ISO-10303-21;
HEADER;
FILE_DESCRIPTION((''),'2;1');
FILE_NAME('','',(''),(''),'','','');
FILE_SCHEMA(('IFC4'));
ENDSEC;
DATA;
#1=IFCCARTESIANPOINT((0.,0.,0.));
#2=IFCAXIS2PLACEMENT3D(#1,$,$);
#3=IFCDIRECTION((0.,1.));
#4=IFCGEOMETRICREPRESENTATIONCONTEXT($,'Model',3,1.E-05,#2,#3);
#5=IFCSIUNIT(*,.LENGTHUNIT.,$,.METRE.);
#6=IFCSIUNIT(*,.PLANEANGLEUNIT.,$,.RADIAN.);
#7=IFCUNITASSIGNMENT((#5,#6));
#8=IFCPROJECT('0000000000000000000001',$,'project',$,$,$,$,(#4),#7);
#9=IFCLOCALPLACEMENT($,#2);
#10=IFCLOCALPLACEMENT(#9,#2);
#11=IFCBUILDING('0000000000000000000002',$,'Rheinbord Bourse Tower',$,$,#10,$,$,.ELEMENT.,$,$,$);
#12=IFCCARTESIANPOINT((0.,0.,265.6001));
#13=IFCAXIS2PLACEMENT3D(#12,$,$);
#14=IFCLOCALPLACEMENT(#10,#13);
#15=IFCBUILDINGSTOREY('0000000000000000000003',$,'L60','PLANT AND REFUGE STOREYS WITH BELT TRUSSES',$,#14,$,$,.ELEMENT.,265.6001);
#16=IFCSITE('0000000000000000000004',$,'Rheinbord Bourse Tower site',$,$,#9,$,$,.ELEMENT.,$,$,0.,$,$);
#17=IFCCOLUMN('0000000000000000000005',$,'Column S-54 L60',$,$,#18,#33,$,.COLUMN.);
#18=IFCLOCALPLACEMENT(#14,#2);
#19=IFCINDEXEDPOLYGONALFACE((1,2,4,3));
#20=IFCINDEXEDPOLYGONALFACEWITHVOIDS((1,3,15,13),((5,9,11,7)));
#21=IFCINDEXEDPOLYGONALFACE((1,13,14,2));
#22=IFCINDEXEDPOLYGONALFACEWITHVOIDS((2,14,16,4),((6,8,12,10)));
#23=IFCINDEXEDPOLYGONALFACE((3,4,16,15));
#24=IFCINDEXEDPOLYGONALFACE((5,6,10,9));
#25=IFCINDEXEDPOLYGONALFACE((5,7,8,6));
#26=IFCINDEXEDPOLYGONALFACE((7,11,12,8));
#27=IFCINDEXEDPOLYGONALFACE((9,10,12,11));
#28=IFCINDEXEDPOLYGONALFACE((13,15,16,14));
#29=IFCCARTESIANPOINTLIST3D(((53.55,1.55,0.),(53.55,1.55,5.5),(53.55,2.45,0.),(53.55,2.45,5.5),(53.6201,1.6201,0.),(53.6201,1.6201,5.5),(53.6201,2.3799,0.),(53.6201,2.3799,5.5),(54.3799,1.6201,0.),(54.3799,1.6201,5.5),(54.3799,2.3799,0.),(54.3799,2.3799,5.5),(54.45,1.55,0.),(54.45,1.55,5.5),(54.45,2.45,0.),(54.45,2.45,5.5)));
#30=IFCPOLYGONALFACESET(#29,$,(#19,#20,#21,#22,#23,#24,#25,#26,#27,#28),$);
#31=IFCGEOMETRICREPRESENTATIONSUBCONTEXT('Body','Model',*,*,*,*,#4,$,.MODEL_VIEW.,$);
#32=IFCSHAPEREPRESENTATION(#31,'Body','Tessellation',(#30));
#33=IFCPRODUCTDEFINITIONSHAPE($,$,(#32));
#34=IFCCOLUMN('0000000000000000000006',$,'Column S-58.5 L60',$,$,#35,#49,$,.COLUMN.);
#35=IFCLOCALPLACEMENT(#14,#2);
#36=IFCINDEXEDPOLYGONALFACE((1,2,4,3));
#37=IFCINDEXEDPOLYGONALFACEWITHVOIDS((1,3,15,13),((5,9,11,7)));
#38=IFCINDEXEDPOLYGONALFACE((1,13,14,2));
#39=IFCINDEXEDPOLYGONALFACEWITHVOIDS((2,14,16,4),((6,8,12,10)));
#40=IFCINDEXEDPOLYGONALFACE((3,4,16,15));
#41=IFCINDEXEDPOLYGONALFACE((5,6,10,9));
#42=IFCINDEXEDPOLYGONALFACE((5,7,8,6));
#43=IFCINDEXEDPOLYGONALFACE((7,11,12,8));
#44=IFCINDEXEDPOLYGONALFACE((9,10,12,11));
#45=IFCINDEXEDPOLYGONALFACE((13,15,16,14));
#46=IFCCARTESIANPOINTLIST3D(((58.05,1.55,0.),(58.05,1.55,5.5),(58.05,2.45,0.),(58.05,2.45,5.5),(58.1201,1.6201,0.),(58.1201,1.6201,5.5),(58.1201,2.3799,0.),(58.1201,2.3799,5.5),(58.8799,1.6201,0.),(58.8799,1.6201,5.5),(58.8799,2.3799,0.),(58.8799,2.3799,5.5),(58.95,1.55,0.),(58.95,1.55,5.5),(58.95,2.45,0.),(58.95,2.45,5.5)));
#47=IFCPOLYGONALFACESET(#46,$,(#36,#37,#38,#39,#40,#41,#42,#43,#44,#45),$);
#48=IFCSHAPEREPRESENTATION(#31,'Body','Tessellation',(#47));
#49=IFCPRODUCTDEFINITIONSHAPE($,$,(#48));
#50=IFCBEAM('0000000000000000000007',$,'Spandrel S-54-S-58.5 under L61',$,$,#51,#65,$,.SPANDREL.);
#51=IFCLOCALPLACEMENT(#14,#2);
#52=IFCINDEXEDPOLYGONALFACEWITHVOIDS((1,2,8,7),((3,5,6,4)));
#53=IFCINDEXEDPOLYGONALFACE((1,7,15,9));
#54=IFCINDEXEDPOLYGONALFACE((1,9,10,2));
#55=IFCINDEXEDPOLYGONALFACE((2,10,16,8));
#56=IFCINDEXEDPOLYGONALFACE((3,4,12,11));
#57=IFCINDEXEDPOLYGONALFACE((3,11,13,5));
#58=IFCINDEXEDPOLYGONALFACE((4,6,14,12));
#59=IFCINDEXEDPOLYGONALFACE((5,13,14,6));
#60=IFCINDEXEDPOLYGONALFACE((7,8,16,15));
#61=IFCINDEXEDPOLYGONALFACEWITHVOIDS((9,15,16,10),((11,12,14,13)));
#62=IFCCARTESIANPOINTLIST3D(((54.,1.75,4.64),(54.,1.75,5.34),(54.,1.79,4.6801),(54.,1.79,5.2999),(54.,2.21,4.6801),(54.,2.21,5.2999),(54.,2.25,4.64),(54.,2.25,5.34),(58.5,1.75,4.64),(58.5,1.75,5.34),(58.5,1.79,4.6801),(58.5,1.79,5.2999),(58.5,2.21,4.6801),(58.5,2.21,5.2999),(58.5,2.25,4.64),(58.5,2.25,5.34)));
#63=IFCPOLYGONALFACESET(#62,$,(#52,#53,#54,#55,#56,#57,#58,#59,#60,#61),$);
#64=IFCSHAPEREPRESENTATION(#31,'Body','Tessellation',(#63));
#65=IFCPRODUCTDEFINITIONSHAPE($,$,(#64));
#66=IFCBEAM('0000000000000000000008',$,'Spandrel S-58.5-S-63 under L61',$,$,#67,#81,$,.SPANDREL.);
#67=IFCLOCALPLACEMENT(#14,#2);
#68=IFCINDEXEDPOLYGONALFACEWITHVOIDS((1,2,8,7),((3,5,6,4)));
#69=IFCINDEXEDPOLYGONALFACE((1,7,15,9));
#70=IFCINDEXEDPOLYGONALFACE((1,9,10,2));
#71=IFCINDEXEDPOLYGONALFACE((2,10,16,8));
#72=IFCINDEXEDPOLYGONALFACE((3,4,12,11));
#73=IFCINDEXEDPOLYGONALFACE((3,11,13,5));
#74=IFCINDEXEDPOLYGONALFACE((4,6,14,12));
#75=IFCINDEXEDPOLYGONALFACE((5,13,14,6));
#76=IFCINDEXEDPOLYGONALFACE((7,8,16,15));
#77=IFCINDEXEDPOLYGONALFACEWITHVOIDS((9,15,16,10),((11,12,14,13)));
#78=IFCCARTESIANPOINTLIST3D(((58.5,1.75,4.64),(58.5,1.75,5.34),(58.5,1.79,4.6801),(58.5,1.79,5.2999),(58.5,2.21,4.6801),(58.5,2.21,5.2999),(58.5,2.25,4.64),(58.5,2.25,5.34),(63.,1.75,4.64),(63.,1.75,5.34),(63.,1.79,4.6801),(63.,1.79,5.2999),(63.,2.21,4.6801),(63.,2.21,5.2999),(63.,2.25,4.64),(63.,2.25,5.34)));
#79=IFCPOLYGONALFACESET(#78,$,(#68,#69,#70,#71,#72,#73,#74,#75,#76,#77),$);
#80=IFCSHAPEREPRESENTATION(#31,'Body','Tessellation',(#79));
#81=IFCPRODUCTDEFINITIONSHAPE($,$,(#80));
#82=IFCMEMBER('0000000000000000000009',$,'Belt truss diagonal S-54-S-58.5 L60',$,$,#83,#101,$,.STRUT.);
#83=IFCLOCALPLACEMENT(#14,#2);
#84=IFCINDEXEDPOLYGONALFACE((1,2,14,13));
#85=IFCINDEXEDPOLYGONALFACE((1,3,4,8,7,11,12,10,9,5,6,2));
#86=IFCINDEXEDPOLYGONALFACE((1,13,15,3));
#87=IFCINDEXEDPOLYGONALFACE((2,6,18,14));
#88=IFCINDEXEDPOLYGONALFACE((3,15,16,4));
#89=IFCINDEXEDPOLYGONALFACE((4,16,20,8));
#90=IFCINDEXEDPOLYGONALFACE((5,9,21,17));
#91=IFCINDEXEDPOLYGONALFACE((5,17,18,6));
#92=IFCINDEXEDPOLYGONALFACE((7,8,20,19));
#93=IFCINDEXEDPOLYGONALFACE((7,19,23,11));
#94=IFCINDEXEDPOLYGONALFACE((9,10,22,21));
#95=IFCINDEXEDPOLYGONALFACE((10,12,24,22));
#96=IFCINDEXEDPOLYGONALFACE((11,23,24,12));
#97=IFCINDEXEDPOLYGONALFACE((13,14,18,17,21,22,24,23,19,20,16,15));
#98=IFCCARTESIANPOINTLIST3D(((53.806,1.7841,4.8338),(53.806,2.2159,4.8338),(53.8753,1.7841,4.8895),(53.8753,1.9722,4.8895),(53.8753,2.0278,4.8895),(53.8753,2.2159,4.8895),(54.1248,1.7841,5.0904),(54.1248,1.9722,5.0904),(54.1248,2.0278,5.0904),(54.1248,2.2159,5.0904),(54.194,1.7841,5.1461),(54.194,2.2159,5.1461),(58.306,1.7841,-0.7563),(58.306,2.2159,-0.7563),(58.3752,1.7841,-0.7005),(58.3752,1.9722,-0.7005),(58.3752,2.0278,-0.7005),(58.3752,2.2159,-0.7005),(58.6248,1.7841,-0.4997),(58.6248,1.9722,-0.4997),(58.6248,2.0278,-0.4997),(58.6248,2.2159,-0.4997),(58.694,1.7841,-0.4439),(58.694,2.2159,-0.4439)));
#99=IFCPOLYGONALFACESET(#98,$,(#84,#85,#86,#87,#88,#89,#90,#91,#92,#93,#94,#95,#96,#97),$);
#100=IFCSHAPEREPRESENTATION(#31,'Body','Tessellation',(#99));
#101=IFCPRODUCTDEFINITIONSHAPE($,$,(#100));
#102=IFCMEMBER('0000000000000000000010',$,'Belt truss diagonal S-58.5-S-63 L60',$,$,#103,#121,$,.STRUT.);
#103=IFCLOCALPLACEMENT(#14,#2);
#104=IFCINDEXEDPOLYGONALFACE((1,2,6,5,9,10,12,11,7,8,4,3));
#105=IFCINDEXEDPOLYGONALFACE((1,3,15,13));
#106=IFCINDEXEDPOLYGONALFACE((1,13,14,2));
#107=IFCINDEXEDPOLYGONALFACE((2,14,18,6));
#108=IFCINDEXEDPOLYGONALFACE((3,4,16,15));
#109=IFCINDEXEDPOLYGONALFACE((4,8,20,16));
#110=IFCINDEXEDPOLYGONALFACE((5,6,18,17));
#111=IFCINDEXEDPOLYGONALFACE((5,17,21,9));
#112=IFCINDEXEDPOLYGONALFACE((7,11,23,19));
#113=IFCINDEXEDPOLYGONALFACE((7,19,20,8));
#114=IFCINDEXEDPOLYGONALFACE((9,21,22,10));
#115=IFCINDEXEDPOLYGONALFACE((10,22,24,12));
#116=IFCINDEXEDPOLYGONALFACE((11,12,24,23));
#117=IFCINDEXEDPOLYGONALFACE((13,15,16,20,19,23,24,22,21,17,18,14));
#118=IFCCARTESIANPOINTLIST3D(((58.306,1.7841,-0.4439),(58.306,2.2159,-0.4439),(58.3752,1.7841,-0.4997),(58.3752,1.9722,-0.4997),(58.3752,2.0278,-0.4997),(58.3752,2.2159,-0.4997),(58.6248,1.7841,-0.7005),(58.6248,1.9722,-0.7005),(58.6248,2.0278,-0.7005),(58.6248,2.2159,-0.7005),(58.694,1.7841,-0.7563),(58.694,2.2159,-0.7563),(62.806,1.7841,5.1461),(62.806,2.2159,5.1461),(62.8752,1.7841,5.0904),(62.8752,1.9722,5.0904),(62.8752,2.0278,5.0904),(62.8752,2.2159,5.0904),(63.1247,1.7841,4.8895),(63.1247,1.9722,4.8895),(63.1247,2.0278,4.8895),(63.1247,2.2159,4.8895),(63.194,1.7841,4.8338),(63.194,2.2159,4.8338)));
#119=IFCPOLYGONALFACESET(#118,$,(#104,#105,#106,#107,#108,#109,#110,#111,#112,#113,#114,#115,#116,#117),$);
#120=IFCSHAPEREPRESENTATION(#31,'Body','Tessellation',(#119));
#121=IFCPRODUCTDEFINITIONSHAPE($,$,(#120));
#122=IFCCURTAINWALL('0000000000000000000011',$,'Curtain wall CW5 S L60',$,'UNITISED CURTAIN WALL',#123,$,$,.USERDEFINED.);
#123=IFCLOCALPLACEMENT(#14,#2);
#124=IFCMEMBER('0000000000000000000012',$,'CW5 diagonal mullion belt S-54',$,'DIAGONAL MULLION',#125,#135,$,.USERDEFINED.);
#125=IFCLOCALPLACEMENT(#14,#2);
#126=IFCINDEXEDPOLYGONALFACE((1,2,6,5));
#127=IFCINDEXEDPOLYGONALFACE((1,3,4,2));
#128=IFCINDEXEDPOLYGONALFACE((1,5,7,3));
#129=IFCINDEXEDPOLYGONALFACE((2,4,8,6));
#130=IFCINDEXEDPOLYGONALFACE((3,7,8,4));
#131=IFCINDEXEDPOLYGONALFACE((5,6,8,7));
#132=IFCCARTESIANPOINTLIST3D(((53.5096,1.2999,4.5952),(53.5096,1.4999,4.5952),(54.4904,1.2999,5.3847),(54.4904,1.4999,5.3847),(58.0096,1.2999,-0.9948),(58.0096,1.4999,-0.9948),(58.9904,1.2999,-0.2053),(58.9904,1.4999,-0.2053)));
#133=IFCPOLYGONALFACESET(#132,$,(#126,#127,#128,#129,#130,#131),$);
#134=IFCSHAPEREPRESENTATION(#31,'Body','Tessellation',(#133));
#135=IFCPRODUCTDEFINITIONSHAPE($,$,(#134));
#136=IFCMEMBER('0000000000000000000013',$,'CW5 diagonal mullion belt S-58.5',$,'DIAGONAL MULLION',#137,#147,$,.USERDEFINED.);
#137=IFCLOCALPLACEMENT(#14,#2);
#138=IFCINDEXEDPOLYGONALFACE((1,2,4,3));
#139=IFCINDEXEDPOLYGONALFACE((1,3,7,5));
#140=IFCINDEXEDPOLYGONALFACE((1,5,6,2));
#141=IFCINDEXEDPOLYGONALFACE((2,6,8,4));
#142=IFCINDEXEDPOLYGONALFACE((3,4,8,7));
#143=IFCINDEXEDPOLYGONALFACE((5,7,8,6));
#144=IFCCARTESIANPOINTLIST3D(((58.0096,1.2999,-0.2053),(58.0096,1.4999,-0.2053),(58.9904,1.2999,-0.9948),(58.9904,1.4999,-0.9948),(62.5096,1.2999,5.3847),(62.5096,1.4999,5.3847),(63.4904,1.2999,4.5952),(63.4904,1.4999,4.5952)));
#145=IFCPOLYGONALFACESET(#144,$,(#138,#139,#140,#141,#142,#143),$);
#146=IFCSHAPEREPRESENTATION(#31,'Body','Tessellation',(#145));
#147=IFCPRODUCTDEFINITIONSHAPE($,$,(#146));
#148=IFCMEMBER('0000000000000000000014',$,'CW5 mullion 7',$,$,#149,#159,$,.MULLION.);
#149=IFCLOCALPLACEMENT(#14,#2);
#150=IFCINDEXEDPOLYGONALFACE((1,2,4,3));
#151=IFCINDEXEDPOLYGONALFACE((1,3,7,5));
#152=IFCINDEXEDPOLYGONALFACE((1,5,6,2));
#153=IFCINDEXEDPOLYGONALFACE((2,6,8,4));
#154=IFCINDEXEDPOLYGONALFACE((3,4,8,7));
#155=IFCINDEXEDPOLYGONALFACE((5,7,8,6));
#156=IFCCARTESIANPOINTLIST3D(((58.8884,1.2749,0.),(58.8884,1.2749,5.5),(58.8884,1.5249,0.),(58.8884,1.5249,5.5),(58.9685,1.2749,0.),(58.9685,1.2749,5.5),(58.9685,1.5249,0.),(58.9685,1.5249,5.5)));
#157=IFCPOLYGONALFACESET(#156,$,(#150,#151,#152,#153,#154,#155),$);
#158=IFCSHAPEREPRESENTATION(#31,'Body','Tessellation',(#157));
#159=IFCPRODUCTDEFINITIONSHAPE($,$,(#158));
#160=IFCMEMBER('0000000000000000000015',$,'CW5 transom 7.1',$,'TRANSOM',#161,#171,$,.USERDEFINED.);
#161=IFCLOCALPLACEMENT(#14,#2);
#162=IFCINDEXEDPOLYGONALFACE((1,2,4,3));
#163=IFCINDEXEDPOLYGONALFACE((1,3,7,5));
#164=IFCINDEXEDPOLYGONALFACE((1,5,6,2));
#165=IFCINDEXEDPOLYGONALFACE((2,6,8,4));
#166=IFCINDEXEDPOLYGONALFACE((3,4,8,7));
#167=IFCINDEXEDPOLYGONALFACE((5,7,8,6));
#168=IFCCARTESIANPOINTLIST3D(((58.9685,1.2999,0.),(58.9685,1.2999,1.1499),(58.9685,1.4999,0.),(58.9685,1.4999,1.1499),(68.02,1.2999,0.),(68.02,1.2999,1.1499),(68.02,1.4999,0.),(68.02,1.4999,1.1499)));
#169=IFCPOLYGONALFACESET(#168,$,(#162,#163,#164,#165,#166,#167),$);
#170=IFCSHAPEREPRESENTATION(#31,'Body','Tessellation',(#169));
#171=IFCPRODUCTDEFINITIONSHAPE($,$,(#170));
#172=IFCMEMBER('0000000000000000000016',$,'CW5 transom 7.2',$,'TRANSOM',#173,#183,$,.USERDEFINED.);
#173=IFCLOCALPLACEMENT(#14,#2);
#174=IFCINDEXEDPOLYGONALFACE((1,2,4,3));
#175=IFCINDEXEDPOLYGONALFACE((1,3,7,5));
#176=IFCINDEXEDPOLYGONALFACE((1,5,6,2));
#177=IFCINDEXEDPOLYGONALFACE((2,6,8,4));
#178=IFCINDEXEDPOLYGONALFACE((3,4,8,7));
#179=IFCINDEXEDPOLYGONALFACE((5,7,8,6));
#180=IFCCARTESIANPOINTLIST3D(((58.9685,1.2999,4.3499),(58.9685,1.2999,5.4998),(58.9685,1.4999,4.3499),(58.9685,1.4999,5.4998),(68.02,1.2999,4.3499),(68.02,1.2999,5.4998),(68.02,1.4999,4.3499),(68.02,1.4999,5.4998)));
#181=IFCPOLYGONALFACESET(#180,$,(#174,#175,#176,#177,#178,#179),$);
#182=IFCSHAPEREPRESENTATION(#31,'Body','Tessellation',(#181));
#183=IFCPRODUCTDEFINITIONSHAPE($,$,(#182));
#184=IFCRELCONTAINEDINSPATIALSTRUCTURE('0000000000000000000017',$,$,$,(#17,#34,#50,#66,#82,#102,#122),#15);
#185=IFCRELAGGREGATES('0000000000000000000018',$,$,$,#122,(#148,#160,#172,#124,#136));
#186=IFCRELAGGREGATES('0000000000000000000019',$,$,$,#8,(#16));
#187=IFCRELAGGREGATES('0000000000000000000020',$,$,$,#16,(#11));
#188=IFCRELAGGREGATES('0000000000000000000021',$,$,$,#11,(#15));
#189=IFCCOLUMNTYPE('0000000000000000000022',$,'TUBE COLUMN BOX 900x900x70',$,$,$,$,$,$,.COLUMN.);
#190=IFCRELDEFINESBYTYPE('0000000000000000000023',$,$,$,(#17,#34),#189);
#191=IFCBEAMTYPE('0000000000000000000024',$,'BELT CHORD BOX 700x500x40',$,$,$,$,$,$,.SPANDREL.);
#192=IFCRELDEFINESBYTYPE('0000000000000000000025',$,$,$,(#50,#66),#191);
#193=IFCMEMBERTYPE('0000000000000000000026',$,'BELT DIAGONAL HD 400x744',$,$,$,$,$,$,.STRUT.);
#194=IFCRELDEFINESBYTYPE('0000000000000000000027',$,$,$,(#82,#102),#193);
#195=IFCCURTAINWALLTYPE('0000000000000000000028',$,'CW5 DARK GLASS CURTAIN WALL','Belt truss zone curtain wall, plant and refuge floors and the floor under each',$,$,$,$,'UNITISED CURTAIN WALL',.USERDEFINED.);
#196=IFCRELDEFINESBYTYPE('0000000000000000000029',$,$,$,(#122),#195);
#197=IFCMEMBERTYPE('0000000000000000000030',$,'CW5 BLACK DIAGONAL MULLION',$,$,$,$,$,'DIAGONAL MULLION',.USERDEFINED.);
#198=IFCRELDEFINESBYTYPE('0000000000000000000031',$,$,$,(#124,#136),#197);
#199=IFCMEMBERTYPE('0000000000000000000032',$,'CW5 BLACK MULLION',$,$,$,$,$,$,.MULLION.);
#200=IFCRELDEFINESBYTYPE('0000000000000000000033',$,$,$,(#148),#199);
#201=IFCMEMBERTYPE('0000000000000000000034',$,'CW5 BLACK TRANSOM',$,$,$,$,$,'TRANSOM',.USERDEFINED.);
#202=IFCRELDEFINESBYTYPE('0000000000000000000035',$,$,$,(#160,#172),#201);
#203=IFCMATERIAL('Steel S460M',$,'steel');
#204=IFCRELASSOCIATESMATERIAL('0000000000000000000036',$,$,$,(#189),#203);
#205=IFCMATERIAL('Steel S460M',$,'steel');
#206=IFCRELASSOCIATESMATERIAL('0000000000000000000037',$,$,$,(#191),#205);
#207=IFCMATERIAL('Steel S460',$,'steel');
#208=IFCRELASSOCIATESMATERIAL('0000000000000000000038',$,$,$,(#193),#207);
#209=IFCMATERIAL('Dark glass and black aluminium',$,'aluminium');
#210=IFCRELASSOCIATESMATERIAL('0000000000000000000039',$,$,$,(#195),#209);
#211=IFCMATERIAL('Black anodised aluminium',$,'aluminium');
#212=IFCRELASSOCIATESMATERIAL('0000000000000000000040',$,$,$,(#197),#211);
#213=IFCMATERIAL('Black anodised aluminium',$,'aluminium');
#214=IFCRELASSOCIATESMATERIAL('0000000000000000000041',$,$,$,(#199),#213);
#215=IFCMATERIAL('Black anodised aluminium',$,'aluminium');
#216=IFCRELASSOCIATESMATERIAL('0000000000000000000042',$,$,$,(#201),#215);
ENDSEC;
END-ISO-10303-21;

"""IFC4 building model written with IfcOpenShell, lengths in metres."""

from ifc_helpers import new_model, si_unit, direction, frame, origin, origin_2d, place, context, subcontext, project, spatial, rectangle, hollow_rectangle, i_section, extrude, material, material_profile, profile_set, type_object, element, aggregate, save


model = new_model("IFC4")

# Units and contexts
model_context = context("Model", 3, precision=1e-05, world=origin(), true_north=direction((0.0, 1.0)))
body_context = subcontext(model_context, "Body", "Model", "MODEL_VIEW")
ifc_project = project(units=[si_unit("LENGTHUNIT", "METRE"), si_unit("PLANEANGLEUNIT", "RADIAN")], contexts=[model_context])

# Site, building, storey
site_placement = place(None, origin())
site = spatial("IfcSite", under=ifc_project, at=site_placement, Name="Rheinbord Bourse Tower site", CompositionType="ELEMENT", RefElevation=0.0)
building_placement = place(site_placement, origin())
building = spatial("IfcBuilding", under=site, at=building_placement, Name="Rheinbord Bourse Tower", CompositionType="ELEMENT")
storey_placement = place(building_placement, frame((0.0, 0.0, 265.6001)))
storey = spatial("IfcBuildingStorey", under=building, at=storey_placement, Name="L60", Description="PLANT AND REFUGE STOREYS WITH BELT TRUSSES", CompositionType="ELEMENT", Elevation=265.6001)

# Columns
ifc_material_1 = material(Name="Steel S460M", Category="steel")
ifc_material_profile_1 = material_profile(ifc_material_1, hollow_rectangle(XDim=0.8999, YDim=0.8999, WallThickness=0.0701, at=origin_2d()), Name="BOX 900x900x70")
ifc_profile_set_1 = profile_set([ifc_material_profile_1], Name="Steel S460M")
column_type = type_object("IfcColumnType", Name="TUBE COLUMN BOX 900x900x70", PredefinedType="COLUMN", material=ifc_profile_set_1)
for number, where, z_axis, x_axis, name in (
    (1, (54.0, 2.0, 0.0), (0.0, 0.0, 1.0), (0.0, 1.0, 0.0), "Column S-54 L60"),
    (2, (58.5, 2.0, 0.0), (0.0, 0.0, 1.0), (0.0, 1.0, 0.0), "Column S-58.5 L60"),
):
    element("IfcColumn", number, at=place(storey_placement, frame(where, z_axis=z_axis, x_axis=x_axis)), inside=storey, type_object=column_type, Name=name, PredefinedType="COLUMN", context=body_context, shape_type="SweptSolid", body=[
        extrude(hollow_rectangle(XDim=0.8999, YDim=0.8999, WallThickness=0.0701, at=origin_2d()), origin(), (0.0, 0.0, 1.0), 5.5),
    ])

# Beams
ifc_material_2 = material(Name="Steel S460M", Category="steel")
ifc_material_profile_2 = material_profile(ifc_material_2, hollow_rectangle(XDim=0.5, YDim=0.7, WallThickness=0.04, at=origin_2d()), Name="BOX 700x500x40")
ifc_profile_set_2 = profile_set([ifc_material_profile_2], Name="Steel S460M")
beam_type_1 = type_object("IfcBeamType", Name="BELT CHORD BOX 700x500x40", PredefinedType="SPANDREL", material=ifc_profile_set_2)
for number, where, z_axis, x_axis, name in (
    (3, (54.0, 2.0, 4.99), (1.0, 0.0, 0.0), (0.0, 1.0, 0.0), "Spandrel S-54-S-58.5 under L61"),
    (4, (58.5, 2.0, 4.99), (1.0, 0.0, 0.0), (0.0, 1.0, 0.0), "Spandrel S-58.5-S-63 under L61"),
):
    element("IfcBeam", number, at=place(storey_placement, frame(where, z_axis=z_axis, x_axis=x_axis)), inside=storey, type_object=beam_type_1, Name=name, PredefinedType="SPANDREL", context=body_context, shape_type="SweptSolid", body=[
        extrude(hollow_rectangle(XDim=0.5, YDim=0.7, WallThickness=0.04, at=origin_2d()), origin(), (0.0, 0.0, 1.0), 4.5),
    ])

# Members
ifc_material_3 = material(Name="Steel S460", Category="steel")
ifc_material_profile_3 = material_profile(ifc_material_3, i_section(OverallWidth=0.4319, OverallDepth=0.498, WebThickness=0.0557, FlangeThickness=0.0889, at=origin_2d()), Name="HD 400x744")
ifc_profile_set_3 = profile_set([ifc_material_profile_3], Name="Steel S460")
member_type_1 = type_object("IfcMemberType", Name="BELT DIAGONAL HD 400x744", PredefinedType="STRUT", material=ifc_profile_set_3)
for number, where, z_axis, x_axis, name in (
    (5, (58.5, 2.0, -0.6001), (-0.627065, 0.0, 0.778967), (0.0, -1.0, 0.0), "Belt truss diagonal S-54-S-58.5 L60"),
    (6, (58.5, 2.0, -0.6001), (0.627065, 0.0, 0.778967), (0.0, 1.0, 0.0), "Belt truss diagonal S-58.5-S-63 L60"),
):
    element("IfcMember", number, at=place(storey_placement, frame(where, z_axis=z_axis, x_axis=x_axis)), inside=storey, type_object=member_type_1, Name=name, PredefinedType="STRUT", context=body_context, shape_type="SweptSolid", body=[
        extrude(i_section(OverallWidth=0.4319, OverallDepth=0.498, WebThickness=0.0557, FlangeThickness=0.0889, at=origin_2d()), origin(), (0.0, 0.0, 1.0), 7.1763),
    ])

# Curtain wall, members
ifc_material_4 = material(Name="Dark glass and black aluminium", Category="aluminium")
curtain_wall_type = type_object("IfcCurtainWallType", Name="CW5 DARK GLASS CURTAIN WALL", Description="Belt truss zone curtain wall, plant and refuge floors and the floor under each", ElementType="UNITISED CURTAIN WALL", PredefinedType="USERDEFINED", material=ifc_material_4)
curtain_wall_placement = place(storey_placement, origin())
curtain_wall = element("IfcCurtainWall", 7, at=curtain_wall_placement, inside=storey, type_object=curtain_wall_type, Name="Curtain wall CW5 S L60", ObjectType="UNITISED CURTAIN WALL", PredefinedType="USERDEFINED")
ifc_material_5 = material(Name="Black anodised aluminium", Category="aluminium")
ifc_material_profile_4 = material_profile(ifc_material_5, rectangle(XDim=0.2, YDim=1.259, at=origin_2d()), Name="CW5 DIAGONAL MULLION 1259x200")
ifc_profile_set_4 = profile_set([ifc_material_profile_4], Name="Black anodised aluminium")
member_type_2 = type_object("IfcMemberType", Name="CW5 BLACK DIAGONAL MULLION", ElementType="DIAGONAL MULLION", PredefinedType="USERDEFINED", material=ifc_profile_set_4)
member_1_placement = place(storey_placement, frame((58.5, 1.3999, -0.6001), z_axis=(-0.627065, 0.0, 0.778967), x_axis=(0.0, -1.0, 0.0)))
member_1 = element("IfcMember", 8, at=member_1_placement, type_object=member_type_2, Name="CW5 diagonal mullion belt S-54", ObjectType="DIAGONAL MULLION", PredefinedType="USERDEFINED", context=body_context, shape_type="SweptSolid", body=[
    extrude(rectangle(XDim=0.2, YDim=1.259, at=origin_2d()), origin(), (0.0, 0.0, 1.0), 7.1763),
])
member_2_placement = place(storey_placement, frame((58.5, 1.3999, -0.6001), z_axis=(0.627065, 0.0, 0.778967), x_axis=(0.0, 1.0, 0.0)))
member_2 = element("IfcMember", 9, at=member_2_placement, type_object=member_type_2, Name="CW5 diagonal mullion belt S-58.5", ObjectType="DIAGONAL MULLION", PredefinedType="USERDEFINED", context=body_context, shape_type="SweptSolid", body=[
    extrude(rectangle(XDim=0.2, YDim=1.259, at=origin_2d()), origin(), (0.0, 0.0, 1.0), 7.1763),
])
ifc_material_6 = material(Name="Black anodised aluminium", Category="aluminium")
ifc_material_profile_5 = material_profile(ifc_material_6, rectangle(XDim=0.25, YDim=0.0801, at=origin_2d()), Name="CW5 MULLION 80x250")
ifc_profile_set_5 = profile_set([ifc_material_profile_5], Name="Black anodised aluminium")
member_type_3 = type_object("IfcMemberType", Name="CW5 BLACK MULLION", PredefinedType="MULLION", material=ifc_profile_set_5)
member_3_placement = place(storey_placement, frame((58.9285, 1.3999, 0.0), z_axis=(0.0, 0.0, 1.0), x_axis=(0.0, 1.0, 0.0)))
member_3 = element("IfcMember", 10, at=member_3_placement, type_object=member_type_3, Name="CW5 mullion 7", PredefinedType="MULLION", context=body_context, shape_type="SweptSolid", body=[
    extrude(rectangle(XDim=0.25, YDim=0.0801, at=origin_2d()), origin(), (0.0, 0.0, 1.0), 5.5),
])
ifc_material_7 = material(Name="Black anodised aluminium", Category="aluminium")
ifc_material_profile_6 = material_profile(ifc_material_7, rectangle(XDim=0.2, YDim=1.1499, at=origin_2d()), Name="CW5 TRANSOM 1150x200")
ifc_profile_set_6 = profile_set([ifc_material_profile_6], Name="Black anodised aluminium")
member_type_4 = type_object("IfcMemberType", Name="CW5 BLACK TRANSOM", ElementType="TRANSOM", PredefinedType="USERDEFINED", material=ifc_profile_set_6)
member_4_placement = place(storey_placement, frame((58.9685, 1.3999, 0.575), z_axis=(1.0, 0.0, 0.0), x_axis=(0.0, 1.0, 0.0)))
member_4 = element("IfcMember", 11, at=member_4_placement, type_object=member_type_4, Name="CW5 transom 7.1", ObjectType="TRANSOM", PredefinedType="USERDEFINED", context=body_context, shape_type="SweptSolid", body=[
    extrude(rectangle(XDim=0.2, YDim=1.1499, at=origin_2d()), origin(), (0.0, 0.0, 1.0), 9.0515),
])
member_5_placement = place(storey_placement, frame((58.9685, 1.3999, 4.9248), z_axis=(1.0, 0.0, 0.0), x_axis=(0.0, 1.0, 0.0)))
member_5 = element("IfcMember", 12, at=member_5_placement, type_object=member_type_4, Name="CW5 transom 7.2", ObjectType="TRANSOM", PredefinedType="USERDEFINED", context=body_context, shape_type="SweptSolid", body=[
    extrude(rectangle(XDim=0.2, YDim=1.1499, at=origin_2d()), origin(), (0.0, 0.0, 1.0), 9.0515),
])

aggregate(curtain_wall, [member_3, member_4, member_5, member_1, member_2])

save(model, "model.ifc")
